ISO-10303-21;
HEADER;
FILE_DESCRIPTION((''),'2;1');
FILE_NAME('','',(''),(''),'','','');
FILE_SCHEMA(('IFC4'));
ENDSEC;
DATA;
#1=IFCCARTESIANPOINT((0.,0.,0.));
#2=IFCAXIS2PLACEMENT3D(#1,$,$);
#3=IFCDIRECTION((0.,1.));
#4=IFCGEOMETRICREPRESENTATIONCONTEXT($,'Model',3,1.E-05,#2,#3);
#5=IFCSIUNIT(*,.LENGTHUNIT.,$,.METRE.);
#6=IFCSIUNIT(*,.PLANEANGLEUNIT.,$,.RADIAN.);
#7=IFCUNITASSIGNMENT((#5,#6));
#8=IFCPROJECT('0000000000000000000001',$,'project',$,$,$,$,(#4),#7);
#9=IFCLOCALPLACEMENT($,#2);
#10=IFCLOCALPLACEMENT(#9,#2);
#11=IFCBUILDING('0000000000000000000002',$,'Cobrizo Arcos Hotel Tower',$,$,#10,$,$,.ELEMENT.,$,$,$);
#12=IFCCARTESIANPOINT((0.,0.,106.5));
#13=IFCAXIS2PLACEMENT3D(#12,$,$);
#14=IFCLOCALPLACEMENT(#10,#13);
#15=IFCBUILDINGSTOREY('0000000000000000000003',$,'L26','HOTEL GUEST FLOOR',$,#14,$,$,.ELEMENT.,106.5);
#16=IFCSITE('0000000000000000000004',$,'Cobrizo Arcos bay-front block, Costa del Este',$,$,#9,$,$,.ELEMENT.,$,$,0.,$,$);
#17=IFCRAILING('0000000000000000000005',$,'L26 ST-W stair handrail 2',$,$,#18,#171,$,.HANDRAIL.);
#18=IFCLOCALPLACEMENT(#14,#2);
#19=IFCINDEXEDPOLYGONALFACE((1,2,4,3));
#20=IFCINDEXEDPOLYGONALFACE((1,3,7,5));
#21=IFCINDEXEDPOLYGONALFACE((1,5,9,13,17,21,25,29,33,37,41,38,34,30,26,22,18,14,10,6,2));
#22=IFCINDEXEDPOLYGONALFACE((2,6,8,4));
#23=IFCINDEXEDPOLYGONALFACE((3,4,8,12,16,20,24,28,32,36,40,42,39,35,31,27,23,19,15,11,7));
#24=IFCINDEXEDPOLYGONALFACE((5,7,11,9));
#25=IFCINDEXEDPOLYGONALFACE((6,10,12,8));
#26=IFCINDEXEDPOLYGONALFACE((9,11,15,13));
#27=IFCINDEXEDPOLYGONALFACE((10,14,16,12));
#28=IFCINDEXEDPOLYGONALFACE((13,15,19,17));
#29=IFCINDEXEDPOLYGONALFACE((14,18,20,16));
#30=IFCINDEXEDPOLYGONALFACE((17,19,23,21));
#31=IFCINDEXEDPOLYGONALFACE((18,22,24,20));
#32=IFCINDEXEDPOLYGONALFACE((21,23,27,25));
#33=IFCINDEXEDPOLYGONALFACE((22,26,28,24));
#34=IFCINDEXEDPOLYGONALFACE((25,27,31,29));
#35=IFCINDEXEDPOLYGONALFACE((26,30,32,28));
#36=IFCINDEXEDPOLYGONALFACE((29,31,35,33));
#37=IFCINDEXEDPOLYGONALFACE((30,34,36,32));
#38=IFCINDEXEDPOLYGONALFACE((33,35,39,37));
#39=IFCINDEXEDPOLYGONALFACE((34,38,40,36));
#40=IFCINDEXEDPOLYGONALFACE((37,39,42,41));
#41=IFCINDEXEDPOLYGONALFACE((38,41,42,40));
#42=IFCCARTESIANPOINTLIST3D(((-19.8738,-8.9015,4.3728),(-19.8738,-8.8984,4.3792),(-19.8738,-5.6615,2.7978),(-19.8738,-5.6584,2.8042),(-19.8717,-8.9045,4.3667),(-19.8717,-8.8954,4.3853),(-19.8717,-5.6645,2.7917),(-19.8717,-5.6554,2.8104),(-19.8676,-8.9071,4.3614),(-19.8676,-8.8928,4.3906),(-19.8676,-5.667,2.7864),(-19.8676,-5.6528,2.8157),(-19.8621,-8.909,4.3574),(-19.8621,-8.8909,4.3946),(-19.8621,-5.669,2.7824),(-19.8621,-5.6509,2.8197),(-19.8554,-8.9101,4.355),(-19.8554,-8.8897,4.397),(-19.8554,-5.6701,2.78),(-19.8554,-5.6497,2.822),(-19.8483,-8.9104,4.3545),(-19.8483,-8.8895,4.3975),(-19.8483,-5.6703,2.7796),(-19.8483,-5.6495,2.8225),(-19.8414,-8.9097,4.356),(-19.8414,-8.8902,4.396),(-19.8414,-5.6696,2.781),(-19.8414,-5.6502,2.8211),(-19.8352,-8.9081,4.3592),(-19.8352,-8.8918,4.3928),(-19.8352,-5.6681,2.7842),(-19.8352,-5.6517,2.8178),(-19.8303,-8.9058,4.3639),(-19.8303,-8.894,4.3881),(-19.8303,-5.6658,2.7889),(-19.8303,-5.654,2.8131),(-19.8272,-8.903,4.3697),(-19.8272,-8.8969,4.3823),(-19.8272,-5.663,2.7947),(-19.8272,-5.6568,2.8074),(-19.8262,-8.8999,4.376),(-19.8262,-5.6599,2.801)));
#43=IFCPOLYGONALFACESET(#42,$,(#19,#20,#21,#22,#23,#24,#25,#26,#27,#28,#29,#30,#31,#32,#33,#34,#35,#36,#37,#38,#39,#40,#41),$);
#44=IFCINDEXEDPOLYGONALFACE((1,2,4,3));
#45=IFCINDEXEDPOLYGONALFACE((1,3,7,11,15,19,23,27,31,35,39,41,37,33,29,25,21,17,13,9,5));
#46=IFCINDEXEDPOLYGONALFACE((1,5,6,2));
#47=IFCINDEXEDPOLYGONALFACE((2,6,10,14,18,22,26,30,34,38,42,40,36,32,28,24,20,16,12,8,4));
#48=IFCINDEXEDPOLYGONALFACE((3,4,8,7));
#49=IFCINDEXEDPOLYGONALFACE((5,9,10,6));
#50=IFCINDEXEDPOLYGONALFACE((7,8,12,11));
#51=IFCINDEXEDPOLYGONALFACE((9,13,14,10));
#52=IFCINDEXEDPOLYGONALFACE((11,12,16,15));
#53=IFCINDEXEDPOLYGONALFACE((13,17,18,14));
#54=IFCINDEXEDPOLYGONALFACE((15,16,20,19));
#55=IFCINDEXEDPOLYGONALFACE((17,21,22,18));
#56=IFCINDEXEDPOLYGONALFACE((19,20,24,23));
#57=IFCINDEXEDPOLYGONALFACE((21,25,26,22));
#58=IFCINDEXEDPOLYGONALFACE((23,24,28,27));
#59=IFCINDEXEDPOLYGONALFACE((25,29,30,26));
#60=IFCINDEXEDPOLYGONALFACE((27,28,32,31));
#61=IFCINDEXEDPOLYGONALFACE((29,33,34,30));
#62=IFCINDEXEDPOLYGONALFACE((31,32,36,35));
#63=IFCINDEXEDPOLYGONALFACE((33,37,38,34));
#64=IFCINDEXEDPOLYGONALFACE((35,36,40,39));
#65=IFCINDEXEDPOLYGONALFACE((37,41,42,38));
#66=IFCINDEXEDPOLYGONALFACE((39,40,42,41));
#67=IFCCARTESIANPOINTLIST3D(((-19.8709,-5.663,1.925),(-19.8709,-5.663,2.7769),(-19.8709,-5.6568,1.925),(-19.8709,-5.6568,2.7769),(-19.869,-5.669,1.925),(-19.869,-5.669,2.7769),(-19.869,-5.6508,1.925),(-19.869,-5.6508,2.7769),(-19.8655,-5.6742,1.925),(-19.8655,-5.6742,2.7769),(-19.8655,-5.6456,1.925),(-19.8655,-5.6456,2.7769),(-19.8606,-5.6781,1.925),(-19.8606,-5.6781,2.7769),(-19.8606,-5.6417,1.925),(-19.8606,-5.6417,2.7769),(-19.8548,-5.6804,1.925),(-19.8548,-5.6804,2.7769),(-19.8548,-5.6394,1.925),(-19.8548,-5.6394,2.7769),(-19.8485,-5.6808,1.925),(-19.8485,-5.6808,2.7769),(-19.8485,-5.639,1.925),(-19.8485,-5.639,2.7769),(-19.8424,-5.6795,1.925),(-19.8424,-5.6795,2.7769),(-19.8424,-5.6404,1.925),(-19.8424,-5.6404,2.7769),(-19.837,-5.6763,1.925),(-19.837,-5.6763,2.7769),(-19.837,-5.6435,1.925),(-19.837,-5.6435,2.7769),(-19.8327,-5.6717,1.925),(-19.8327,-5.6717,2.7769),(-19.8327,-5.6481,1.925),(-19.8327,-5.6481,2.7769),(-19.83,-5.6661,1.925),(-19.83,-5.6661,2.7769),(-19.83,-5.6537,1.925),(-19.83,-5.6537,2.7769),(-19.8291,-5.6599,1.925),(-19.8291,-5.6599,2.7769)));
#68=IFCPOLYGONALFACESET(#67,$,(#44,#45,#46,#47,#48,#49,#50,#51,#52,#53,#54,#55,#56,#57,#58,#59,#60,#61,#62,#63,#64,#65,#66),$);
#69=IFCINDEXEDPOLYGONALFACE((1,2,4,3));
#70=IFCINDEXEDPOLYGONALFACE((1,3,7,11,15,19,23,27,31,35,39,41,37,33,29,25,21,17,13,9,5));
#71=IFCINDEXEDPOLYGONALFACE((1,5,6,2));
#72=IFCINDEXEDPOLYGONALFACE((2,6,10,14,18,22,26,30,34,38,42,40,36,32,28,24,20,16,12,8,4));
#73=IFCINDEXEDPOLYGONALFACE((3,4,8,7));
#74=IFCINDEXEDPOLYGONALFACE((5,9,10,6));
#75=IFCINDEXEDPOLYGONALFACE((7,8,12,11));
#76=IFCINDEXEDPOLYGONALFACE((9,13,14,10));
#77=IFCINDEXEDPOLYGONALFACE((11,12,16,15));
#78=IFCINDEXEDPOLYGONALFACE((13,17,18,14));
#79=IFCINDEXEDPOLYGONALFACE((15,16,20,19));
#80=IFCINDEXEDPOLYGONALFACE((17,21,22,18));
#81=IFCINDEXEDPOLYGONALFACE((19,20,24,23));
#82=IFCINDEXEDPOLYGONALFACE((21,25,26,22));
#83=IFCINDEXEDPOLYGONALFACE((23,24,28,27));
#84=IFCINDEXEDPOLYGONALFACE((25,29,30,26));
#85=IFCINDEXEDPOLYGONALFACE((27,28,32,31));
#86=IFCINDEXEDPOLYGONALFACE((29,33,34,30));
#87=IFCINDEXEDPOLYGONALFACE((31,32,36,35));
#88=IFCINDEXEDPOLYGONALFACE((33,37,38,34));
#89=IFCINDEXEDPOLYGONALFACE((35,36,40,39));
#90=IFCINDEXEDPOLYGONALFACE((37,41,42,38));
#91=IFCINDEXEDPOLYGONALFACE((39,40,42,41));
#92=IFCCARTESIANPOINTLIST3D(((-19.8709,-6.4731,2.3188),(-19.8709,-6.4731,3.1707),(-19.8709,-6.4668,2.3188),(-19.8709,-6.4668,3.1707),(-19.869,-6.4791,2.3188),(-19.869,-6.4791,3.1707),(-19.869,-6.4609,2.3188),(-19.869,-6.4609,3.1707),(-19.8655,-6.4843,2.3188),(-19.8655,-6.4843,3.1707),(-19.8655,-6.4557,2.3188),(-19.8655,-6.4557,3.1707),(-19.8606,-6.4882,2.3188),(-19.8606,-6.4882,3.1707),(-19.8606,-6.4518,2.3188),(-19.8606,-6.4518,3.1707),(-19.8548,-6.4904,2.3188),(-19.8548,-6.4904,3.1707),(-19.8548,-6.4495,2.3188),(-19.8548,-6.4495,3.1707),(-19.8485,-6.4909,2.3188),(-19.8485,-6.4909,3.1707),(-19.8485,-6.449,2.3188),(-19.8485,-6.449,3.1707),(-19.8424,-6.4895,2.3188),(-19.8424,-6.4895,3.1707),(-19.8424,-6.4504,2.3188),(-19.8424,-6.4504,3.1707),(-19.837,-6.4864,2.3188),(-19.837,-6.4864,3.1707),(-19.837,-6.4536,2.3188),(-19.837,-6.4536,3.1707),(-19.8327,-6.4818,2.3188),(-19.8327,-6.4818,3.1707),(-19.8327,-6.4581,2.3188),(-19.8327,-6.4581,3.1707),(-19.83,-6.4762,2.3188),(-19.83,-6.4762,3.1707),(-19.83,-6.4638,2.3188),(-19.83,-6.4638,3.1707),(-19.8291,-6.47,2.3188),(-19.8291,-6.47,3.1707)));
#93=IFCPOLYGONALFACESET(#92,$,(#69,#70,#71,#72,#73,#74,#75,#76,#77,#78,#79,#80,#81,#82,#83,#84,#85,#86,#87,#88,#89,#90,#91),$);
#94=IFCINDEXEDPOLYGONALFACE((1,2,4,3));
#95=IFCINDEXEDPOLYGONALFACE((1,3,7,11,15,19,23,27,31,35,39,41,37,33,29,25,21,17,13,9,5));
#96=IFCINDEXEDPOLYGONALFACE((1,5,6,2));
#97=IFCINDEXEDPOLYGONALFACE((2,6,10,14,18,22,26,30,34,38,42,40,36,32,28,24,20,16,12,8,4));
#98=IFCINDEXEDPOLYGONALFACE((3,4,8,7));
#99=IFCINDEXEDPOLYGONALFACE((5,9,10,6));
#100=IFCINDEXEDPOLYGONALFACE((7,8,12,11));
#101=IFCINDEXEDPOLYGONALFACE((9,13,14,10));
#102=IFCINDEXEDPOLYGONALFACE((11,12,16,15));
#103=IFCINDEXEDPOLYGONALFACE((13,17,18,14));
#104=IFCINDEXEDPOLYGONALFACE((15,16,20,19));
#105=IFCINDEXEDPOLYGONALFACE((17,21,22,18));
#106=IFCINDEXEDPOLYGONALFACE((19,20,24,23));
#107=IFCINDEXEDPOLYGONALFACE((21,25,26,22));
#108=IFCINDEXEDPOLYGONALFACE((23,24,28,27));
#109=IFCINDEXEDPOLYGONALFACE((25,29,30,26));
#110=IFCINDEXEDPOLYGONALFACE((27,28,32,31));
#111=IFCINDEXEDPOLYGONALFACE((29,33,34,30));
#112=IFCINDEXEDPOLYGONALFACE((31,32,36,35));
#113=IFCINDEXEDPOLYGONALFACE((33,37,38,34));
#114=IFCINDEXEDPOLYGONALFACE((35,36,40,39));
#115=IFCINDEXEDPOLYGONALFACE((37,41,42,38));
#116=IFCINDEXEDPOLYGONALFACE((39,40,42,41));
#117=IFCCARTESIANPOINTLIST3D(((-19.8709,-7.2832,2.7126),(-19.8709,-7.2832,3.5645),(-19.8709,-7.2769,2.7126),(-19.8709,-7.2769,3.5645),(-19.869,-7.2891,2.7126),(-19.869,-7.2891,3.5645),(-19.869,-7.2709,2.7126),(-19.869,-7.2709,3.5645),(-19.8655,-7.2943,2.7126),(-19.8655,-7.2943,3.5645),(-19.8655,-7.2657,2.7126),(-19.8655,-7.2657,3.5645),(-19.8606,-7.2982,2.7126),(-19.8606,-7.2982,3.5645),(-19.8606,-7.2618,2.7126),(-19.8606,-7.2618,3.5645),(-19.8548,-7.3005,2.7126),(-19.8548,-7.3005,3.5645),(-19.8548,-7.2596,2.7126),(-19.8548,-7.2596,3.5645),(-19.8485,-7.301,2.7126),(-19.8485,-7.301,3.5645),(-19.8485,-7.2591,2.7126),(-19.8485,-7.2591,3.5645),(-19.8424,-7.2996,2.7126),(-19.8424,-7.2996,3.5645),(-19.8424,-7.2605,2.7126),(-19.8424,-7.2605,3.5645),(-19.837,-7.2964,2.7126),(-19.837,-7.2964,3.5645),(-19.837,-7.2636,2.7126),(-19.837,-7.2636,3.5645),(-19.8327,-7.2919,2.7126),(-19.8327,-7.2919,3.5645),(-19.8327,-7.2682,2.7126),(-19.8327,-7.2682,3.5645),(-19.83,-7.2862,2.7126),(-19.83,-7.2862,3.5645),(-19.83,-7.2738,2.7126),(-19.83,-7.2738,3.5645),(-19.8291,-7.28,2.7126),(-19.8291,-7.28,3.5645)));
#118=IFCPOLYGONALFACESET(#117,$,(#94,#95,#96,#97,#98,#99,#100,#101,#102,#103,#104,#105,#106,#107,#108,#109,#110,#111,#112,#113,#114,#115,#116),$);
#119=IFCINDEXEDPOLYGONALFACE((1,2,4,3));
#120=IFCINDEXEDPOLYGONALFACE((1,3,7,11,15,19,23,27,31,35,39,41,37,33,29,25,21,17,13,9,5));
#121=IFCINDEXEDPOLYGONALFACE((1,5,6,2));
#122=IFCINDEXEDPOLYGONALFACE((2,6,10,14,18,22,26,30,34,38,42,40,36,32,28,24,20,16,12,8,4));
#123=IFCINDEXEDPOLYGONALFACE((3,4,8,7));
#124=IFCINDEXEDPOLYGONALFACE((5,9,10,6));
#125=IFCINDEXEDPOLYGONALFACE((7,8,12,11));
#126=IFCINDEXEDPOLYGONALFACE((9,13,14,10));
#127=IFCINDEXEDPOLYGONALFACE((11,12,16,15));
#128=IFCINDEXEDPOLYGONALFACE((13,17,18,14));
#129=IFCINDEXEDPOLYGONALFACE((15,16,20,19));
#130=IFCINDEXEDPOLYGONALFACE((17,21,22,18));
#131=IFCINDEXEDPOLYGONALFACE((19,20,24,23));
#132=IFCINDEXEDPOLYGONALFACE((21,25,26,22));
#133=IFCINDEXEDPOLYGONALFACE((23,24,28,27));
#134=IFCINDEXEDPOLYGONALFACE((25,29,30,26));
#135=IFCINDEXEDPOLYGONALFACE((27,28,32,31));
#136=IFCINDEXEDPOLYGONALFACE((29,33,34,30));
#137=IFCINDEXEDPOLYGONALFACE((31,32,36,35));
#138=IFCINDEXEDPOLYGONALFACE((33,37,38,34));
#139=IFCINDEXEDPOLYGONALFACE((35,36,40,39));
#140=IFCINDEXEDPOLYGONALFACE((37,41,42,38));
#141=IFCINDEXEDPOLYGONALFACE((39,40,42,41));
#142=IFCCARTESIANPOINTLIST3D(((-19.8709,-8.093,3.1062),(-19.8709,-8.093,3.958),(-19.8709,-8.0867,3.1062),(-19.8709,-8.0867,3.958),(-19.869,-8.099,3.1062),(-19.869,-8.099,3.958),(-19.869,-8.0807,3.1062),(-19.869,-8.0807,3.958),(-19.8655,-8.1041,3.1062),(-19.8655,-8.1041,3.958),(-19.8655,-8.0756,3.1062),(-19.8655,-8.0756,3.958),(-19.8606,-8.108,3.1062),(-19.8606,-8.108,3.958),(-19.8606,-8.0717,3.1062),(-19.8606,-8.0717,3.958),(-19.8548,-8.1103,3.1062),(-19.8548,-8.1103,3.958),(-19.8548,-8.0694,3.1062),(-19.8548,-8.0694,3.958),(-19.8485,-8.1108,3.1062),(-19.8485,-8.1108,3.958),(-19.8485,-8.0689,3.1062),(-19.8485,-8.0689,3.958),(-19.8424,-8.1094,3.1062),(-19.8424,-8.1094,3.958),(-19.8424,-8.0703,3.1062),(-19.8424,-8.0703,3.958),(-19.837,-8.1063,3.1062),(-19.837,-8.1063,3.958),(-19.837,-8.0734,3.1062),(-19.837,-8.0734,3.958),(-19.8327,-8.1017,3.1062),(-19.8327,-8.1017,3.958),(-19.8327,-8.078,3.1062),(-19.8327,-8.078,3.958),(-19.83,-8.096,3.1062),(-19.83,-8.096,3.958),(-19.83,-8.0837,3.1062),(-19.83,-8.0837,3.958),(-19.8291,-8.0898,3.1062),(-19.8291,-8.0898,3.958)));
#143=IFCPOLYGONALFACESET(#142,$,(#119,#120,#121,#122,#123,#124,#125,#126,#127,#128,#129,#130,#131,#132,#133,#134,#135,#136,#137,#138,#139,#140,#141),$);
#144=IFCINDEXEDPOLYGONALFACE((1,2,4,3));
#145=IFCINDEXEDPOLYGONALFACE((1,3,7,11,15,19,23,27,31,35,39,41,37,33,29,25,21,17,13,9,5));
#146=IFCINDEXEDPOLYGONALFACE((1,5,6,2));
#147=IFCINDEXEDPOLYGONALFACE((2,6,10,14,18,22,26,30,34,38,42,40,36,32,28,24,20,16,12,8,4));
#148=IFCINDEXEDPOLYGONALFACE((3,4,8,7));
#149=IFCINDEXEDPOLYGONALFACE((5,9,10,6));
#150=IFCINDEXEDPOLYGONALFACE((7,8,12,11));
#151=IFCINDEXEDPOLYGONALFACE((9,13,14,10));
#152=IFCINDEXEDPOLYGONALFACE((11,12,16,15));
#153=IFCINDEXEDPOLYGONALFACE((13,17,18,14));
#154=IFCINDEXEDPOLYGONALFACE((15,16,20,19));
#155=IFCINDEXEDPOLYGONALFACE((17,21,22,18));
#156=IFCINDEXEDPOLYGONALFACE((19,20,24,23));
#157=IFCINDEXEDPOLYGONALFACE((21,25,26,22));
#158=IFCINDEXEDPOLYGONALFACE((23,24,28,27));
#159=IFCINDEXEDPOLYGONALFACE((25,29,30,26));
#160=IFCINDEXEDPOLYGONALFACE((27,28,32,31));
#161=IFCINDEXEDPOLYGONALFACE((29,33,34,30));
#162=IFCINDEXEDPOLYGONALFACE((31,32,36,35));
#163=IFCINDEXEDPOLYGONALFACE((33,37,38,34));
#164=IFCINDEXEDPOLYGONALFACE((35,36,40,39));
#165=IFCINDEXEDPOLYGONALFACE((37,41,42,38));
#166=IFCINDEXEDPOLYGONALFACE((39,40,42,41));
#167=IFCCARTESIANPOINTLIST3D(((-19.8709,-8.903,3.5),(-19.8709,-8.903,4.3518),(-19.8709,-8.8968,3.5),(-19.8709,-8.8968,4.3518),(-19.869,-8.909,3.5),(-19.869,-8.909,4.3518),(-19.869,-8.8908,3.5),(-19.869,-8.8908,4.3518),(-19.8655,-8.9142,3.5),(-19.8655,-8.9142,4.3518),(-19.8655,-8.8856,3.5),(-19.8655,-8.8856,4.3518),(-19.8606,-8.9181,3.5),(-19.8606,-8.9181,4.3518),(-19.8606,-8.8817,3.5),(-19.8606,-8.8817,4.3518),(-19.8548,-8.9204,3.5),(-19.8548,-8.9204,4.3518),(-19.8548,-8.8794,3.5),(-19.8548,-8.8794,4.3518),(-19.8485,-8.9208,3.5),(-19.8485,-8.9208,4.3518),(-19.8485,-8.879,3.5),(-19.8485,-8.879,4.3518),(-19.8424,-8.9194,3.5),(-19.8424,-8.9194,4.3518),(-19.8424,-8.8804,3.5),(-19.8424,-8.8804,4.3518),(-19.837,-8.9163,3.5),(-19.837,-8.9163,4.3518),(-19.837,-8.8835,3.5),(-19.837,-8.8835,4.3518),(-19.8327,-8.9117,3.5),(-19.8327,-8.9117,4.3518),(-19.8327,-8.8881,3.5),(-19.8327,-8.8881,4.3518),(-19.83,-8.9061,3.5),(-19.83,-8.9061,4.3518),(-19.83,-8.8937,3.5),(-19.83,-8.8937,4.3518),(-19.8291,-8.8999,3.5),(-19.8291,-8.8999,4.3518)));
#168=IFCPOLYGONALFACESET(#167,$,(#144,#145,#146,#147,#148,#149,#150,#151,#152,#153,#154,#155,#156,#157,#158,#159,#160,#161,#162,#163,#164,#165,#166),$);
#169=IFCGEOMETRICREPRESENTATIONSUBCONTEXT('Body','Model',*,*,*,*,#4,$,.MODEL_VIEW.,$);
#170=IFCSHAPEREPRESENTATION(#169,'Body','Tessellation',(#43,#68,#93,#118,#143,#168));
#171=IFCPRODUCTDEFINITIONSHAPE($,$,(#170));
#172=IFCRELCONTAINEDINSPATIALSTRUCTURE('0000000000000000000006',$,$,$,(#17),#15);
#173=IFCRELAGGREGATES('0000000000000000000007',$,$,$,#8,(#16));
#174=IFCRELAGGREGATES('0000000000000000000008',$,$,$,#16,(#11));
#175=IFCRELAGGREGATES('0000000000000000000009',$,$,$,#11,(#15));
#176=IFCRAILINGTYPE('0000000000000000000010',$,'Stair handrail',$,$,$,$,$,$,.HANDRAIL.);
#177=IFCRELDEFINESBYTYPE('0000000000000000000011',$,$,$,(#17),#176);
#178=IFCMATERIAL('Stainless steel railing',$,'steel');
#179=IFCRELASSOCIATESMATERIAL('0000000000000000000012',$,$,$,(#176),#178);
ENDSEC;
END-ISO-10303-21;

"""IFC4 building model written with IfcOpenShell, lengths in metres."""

from ifc_helpers import new_model, si_unit, direction, frame, origin, origin_2d, place, context, subcontext, project, spatial, circle, extrude, material, type_object, element, save


model = new_model("IFC4")

# Units and contexts
model_context = context("Model", 3, precision=1e-05, world=origin(), true_north=direction((0.0, 1.0)))
body_context = subcontext(model_context, "Body", "Model", "MODEL_VIEW")
ifc_project = project(units=[si_unit("LENGTHUNIT", "METRE"), si_unit("PLANEANGLEUNIT", "RADIAN")], contexts=[model_context])

# Site, building, storey
site_placement = place(None, origin())
site = spatial("IfcSite", under=ifc_project, at=site_placement, Name="Cobrizo Arcos bay-front block, Costa del Este", CompositionType="ELEMENT", RefElevation=0.0)
building_placement = place(site_placement, origin())
building = spatial("IfcBuilding", under=site, at=building_placement, Name="Cobrizo Arcos Hotel Tower", CompositionType="ELEMENT")
storey_placement = place(building_placement, frame((0.0, 0.0, 106.5)))
storey = spatial("IfcBuildingStorey", under=building, at=storey_placement, Name="L26", Description="HOTEL GUEST FLOOR", CompositionType="ELEMENT", Elevation=106.5)

# Railing
ifc_material_1 = material(Name="Stainless steel railing", Category="steel")
railing_type_1 = type_object("IfcRailingType", Name="Stair handrail", PredefinedType="HANDRAIL", material=ifc_material_1)
railing_1_placement = place(storey_placement, frame((-19.8501, -5.6599, 1.925)))
element("IfcRailing", 1, at=railing_1_placement, inside=storey, type_object=railing_type_1, Name="L26 ST-W stair handrail 2", PredefinedType="HANDRAIL", context=body_context, shape_type="SweptSolid", body=[
    extrude(circle(Radius=0.0239, at=origin_2d()), frame((0.0, 0.0, 0.876), z_axis=(0.0, -0.899373, 0.437183), x_axis=(1.0, 0.0, 0.0)), (0.0, 0.0, 1.0), 3.6025),
    extrude(circle(Radius=0.021, at=origin_2d()), origin(), (0.0, 0.0, 1.0), 0.8518),
    extrude(circle(Radius=0.021, at=origin_2d()), frame((0.0, -0.8101, 0.3938)), (0.0, 0.0, 1.0), 0.8518),
    extrude(circle(Radius=0.021, at=origin_2d()), frame((0.0, -1.6201, 0.7876)), (0.0, 0.0, 1.0), 0.8518),
    extrude(circle(Radius=0.021, at=origin_2d()), frame((0.0, -2.4299, 1.1812)), (0.0, 0.0, 1.0), 0.8518),
    extrude(circle(Radius=0.021, at=origin_2d()), frame((0.0, -3.24, 1.575)), (0.0, 0.0, 1.0), 0.8518),
])

save(model, "model.ifc")
